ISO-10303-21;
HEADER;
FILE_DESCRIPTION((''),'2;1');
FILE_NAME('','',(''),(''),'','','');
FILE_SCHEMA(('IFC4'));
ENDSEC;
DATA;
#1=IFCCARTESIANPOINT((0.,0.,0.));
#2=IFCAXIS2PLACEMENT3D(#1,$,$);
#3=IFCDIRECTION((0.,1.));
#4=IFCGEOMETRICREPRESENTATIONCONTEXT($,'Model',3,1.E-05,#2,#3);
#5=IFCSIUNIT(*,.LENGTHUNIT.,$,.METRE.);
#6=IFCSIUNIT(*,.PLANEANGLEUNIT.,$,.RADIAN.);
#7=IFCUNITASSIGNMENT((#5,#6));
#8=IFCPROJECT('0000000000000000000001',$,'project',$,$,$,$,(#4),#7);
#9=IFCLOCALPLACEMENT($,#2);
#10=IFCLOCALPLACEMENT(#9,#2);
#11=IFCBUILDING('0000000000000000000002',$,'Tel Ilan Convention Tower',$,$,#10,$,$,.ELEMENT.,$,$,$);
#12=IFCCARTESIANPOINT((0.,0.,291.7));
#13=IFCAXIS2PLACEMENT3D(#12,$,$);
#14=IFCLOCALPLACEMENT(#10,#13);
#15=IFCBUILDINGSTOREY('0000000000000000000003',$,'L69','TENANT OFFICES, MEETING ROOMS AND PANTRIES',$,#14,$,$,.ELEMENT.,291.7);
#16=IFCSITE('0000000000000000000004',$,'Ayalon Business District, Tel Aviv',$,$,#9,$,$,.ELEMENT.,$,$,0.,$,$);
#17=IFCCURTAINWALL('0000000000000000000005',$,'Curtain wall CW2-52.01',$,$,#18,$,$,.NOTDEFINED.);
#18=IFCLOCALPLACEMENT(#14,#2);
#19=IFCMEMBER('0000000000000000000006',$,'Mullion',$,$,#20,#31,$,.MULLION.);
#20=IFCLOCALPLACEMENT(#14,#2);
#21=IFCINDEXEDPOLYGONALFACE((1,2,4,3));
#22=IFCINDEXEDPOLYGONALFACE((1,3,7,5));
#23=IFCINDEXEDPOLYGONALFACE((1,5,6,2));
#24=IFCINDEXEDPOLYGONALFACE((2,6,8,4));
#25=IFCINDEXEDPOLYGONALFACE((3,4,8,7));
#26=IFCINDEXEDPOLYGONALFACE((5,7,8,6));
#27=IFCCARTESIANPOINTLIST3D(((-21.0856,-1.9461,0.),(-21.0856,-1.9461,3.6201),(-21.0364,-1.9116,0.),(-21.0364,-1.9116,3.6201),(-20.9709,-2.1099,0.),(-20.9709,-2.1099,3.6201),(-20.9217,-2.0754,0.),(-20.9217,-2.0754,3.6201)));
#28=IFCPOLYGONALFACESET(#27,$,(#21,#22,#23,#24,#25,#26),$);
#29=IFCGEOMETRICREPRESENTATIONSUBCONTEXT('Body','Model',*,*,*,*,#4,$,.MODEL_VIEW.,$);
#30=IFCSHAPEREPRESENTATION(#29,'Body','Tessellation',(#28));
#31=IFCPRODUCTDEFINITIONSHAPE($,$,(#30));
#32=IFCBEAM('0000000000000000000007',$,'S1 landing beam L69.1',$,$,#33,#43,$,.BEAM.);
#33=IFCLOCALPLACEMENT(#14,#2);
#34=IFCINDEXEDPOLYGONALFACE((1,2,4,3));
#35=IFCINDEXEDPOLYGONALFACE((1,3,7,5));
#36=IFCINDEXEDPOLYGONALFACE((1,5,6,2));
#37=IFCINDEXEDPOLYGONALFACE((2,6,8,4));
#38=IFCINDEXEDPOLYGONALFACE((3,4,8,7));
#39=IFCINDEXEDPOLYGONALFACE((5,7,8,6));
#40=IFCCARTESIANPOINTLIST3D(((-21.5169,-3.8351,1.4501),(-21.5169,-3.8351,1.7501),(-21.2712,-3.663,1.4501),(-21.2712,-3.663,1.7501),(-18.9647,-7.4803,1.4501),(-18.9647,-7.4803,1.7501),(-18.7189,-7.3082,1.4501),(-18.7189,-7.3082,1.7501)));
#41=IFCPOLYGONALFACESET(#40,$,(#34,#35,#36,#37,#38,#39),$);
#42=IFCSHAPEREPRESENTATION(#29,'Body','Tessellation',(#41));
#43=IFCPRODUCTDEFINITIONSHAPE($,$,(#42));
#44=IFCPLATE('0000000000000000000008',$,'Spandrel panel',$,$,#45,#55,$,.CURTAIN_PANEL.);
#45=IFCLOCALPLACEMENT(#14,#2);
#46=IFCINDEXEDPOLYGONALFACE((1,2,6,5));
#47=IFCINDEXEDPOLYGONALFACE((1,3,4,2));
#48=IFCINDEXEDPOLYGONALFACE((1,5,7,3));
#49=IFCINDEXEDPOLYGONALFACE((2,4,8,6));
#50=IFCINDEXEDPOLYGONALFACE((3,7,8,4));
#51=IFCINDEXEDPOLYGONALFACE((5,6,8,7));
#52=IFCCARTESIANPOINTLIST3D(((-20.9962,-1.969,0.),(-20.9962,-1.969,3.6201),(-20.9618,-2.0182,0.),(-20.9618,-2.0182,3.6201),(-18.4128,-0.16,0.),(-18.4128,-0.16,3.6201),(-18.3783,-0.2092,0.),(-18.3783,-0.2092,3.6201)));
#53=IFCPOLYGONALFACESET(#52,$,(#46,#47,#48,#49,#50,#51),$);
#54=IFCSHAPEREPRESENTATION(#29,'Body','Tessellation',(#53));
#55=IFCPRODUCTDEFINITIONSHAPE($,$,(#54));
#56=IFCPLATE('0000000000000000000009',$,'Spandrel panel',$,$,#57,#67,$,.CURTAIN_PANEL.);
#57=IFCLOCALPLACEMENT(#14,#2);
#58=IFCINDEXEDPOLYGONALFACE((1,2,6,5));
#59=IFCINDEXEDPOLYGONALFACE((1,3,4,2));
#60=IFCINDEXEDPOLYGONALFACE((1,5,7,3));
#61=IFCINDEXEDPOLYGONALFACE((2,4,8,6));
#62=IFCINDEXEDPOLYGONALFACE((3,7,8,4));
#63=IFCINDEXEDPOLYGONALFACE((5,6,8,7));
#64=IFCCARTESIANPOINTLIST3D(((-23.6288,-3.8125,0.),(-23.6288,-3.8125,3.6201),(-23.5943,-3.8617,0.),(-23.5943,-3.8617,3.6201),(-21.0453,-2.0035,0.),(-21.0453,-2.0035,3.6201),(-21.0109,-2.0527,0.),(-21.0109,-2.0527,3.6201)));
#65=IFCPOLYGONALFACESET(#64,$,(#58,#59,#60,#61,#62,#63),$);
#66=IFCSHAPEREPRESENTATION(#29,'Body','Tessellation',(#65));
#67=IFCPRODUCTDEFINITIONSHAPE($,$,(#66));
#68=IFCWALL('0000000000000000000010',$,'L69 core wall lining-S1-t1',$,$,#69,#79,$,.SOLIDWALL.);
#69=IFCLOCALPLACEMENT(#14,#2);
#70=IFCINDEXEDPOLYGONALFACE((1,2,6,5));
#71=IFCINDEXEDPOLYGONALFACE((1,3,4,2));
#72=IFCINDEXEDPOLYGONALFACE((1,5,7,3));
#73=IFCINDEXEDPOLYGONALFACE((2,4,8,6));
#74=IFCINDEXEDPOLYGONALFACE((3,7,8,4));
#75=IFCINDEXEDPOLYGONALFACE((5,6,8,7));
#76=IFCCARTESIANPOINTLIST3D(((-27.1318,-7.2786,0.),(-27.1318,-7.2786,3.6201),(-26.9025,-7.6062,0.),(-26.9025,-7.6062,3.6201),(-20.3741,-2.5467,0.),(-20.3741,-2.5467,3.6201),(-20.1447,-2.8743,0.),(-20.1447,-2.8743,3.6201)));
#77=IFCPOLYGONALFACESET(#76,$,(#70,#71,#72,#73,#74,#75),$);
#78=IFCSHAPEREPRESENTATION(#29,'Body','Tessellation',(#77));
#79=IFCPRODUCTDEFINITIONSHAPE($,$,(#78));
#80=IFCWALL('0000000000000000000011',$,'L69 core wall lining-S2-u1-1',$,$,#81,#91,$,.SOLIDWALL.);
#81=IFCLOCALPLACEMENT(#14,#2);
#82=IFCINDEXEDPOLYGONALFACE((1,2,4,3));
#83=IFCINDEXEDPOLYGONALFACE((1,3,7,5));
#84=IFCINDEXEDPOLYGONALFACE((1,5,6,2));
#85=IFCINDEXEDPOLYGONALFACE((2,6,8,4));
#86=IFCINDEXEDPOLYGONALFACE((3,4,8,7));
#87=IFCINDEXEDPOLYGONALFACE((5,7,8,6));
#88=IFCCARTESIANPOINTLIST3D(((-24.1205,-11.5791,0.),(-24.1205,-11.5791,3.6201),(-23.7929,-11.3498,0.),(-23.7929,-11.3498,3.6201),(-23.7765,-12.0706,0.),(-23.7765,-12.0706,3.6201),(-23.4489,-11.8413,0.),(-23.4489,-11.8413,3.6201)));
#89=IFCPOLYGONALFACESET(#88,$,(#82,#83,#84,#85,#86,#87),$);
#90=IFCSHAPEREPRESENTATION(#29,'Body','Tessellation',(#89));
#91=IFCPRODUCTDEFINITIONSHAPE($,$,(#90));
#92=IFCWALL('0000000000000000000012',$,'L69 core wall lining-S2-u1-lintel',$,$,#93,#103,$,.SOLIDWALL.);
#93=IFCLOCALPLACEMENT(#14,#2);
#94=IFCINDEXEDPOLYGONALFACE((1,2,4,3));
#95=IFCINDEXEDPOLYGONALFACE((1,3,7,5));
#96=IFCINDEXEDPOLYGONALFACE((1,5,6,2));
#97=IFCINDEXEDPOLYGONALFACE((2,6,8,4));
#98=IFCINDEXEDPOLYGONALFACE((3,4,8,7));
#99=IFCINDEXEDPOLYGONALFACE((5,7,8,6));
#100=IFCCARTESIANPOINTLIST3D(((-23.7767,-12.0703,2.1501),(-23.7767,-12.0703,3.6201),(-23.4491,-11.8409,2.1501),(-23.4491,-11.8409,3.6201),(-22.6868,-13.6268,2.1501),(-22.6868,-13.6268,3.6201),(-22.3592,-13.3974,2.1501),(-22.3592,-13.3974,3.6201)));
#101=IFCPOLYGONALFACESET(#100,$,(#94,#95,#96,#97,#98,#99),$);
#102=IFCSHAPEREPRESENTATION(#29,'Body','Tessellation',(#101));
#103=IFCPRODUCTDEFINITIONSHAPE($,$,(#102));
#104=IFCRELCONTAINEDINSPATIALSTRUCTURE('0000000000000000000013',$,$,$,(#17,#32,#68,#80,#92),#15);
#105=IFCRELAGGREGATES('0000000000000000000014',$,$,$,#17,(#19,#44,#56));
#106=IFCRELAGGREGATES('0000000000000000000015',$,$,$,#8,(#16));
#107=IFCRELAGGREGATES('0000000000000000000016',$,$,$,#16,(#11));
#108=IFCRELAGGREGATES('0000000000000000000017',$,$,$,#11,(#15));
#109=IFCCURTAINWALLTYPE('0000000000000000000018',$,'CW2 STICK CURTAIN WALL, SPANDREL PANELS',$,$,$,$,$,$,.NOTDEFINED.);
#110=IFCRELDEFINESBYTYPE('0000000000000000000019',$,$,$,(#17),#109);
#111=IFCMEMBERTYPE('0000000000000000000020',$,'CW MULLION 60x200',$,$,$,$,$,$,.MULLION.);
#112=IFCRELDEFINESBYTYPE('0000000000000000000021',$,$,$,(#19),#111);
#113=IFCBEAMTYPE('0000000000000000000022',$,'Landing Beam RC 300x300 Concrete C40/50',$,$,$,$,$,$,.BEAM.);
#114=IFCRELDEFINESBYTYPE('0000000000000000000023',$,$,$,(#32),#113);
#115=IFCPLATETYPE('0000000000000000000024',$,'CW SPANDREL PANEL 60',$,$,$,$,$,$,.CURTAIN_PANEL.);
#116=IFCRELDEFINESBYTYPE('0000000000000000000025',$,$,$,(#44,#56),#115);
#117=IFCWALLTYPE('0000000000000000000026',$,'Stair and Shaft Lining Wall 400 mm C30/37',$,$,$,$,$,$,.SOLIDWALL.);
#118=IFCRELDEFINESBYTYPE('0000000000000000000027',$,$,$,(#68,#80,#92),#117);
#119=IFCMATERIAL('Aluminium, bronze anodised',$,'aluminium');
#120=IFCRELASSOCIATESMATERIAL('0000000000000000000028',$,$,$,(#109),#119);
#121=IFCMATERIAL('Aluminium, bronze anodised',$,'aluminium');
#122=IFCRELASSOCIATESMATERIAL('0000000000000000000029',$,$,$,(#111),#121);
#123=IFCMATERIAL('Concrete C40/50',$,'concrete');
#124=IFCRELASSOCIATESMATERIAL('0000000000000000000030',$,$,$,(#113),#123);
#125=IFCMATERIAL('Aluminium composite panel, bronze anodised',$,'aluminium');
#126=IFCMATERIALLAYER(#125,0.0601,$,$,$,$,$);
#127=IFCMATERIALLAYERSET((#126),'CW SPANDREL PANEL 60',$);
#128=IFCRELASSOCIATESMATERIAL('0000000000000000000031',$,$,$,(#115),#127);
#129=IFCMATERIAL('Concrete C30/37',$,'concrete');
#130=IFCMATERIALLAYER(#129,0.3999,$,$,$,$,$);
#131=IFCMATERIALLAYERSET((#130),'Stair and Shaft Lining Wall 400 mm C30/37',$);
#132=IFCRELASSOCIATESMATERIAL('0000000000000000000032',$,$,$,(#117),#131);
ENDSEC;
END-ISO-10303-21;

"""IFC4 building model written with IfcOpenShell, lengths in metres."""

from ifc_helpers import new_model, si_unit, direction, frame, frame_2d, origin, origin_2d, place, context, subcontext, project, spatial, rectangle, extrude, material, layer, layer_set, material_profile, profile_set, type_object, element, aggregate, save


model = new_model("IFC4")

# Units and contexts
model_context = context("Model", 3, precision=1e-05, world=origin(), true_north=direction((0.0, 1.0)))
body_context = subcontext(model_context, "Body", "Model", "MODEL_VIEW")
ifc_project = project(units=[si_unit("LENGTHUNIT", "METRE"), si_unit("PLANEANGLEUNIT", "RADIAN")], contexts=[model_context])

# Site, building, storey
site_placement = place(None, origin())
site = spatial("IfcSite", under=ifc_project, at=site_placement, Name="Ayalon Business District, Tel Aviv", CompositionType="ELEMENT", RefElevation=0.0)
building_placement = place(site_placement, origin())
building = spatial("IfcBuilding", under=site, at=building_placement, Name="Tel Ilan Convention Tower", CompositionType="ELEMENT")
storey_placement = place(building_placement, frame((0.0, 0.0, 291.7)))
storey = spatial("IfcBuildingStorey", under=building, at=storey_placement, Name="L69", Description="TENANT OFFICES, MEETING ROOMS AND PANTRIES", CompositionType="ELEMENT", Elevation=291.7)

# Curtain wall, member
ifc_material_1 = material(Name="Aluminium, bronze anodised", Category="aluminium")
curtain_wall_type = type_object("IfcCurtainWallType", Name="CW2 STICK CURTAIN WALL, SPANDREL PANELS", PredefinedType="NOTDEFINED", material=ifc_material_1)
curtain_wall_placement = place(storey_placement, origin())
curtain_wall = element("IfcCurtainWall", 1, at=curtain_wall_placement, inside=storey, type_object=curtain_wall_type, Name="Curtain wall CW2-52.01", PredefinedType="NOTDEFINED")
ifc_material_2 = material(Name="Aluminium, bronze anodised", Category="aluminium")
ifc_material_profile_1 = material_profile(ifc_material_2, rectangle(XDim=0.0601, YDim=0.2, at=origin_2d()), Name="CW MULLION 60x200")
ifc_profile_set_1 = profile_set([ifc_material_profile_1], Name="Aluminium, bronze anodised")
member_type = type_object("IfcMemberType", Name="CW MULLION 60x200", PredefinedType="MULLION", material=ifc_profile_set_1)
member_placement = place(storey_placement, frame((-21.0037, -2.0107, 0.0), z_axis=(0.0, 0.0, 1.0), x_axis=(-0.819152, -0.573576, 0.0)))
member = element("IfcMember", 2, at=member_placement, type_object=member_type, Name="Mullion", PredefinedType="MULLION", context=body_context, shape_type="SweptSolid", body=[
    extrude(rectangle(XDim=0.0601, YDim=0.2, at=origin_2d()), origin(), (0.0, 0.0, 1.0), 3.6201),
])

# Beam
ifc_material_3 = material(Name="Concrete C40/50", Category="concrete")
ifc_material_profile_2 = material_profile(ifc_material_3, rectangle(XDim=0.3, YDim=0.3, at=origin_2d()), Name="RC 300x300")
ifc_profile_set_2 = profile_set([ifc_material_profile_2], Name="Concrete C40/50")
beam_type = type_object("IfcBeamType", Name="Landing Beam RC 300x300 Concrete C40/50", PredefinedType="BEAM", material=ifc_profile_set_2)
beam_placement = place(storey_placement, frame((-18.8418, -7.3943, 1.6001), z_axis=(-0.573547, 0.819173, 0.0), x_axis=(-0.819173, -0.573547, 0.0)))
element("IfcBeam", 3, at=beam_placement, inside=storey, type_object=beam_type, Name="S1 landing beam L69.1", PredefinedType="BEAM", context=body_context, shape_type="SweptSolid", body=[
    extrude(rectangle(XDim=0.3, YDim=0.3, at=origin_2d()), origin(), (0.0, 0.0, 1.0), 4.45),
])

# Plates
ifc_material_4 = material(Name="Aluminium composite panel, bronze anodised", Category="aluminium")
ifc_layer_1 = layer(ifc_material_4, 0.0601)
ifc_layer_set_1 = layer_set([ifc_layer_1], Name="CW SPANDREL PANEL 60")
plate_type = type_object("IfcPlateType", Name="CW SPANDREL PANEL 60", PredefinedType="CURTAIN_PANEL", material=ifc_layer_set_1)
plate_1_placement = place(storey_placement, frame((-19.6873, -1.0891, 0.0), z_axis=(0.0, 0.0, 1.0), x_axis=(-0.819152, -0.573576, 0.0)))
plate_1 = element("IfcPlate", 4, at=plate_1_placement, type_object=plate_type, Name="Spandrel panel", PredefinedType="CURTAIN_PANEL", context=body_context, shape_type="SweptSolid", body=[
    extrude(rectangle(XDim=3.1538, YDim=0.0601, at=origin_2d()), origin(), (0.0, 0.0, 1.0), 3.6201),
])
plate_2_placement = place(storey_placement, frame((-22.3198, -2.9326, 0.0), z_axis=(0.0, 0.0, 1.0), x_axis=(-0.819152, -0.573576, 0.0)))
plate_2 = element("IfcPlate", 5, at=plate_2_placement, type_object=plate_type, Name="Spandrel panel", PredefinedType="CURTAIN_PANEL", context=body_context, shape_type="SweptSolid", body=[
    extrude(rectangle(XDim=3.1538, YDim=0.0601, at=origin_2d()), origin(), (0.0, 0.0, 1.0), 3.6201),
])
aggregate(curtain_wall, [member, plate_1, plate_2])

# Walls
ifc_material_5 = material(Name="Concrete C30/37", Category="concrete")
ifc_layer_2 = layer(ifc_material_5, 0.3999)
ifc_layer_set_2 = layer_set([ifc_layer_2], Name="Stair and Shaft Lining Wall 400 mm C30/37")
wall_type = type_object("IfcWallType", Name="Stair and Shaft Lining Wall 400 mm C30/37", PredefinedType="SOLIDWALL", material=ifc_layer_set_2)
wall_1_placement = place(storey_placement, frame((-20.2593, -2.7104, 0.0), z_axis=(0.0, 0.0, 1.0), x_axis=(-0.819148, -0.573582, 0.0)))
element("IfcWall", 6, at=wall_1_placement, inside=storey, type_object=wall_type, Name="L69 core wall lining-S1-t1", PredefinedType="SOLIDWALL", context=body_context, shape_type="SweptSolid", body=[
    extrude(rectangle(XDim=8.2498, YDim=0.3999, at=frame_2d((4.125, 0.0))), origin(), (0.0, 0.0, 1.0), 3.6201),
])
wall_2_placement = place(storey_placement, frame((-23.6128, -11.9558, 0.0), z_axis=(0.0, 0.0, 1.0), x_axis=(-0.573435, 0.819251, 0.0)))
element("IfcWall", 7, at=wall_2_placement, inside=storey, type_object=wall_type, Name="L69 core wall lining-S2-u1-1", PredefinedType="SOLIDWALL", context=body_context, shape_type="SweptSolid", body=[
    extrude(rectangle(XDim=0.5999, YDim=0.3999, at=frame_2d((0.2998, 0.0))), origin(), (0.0, 0.0, 1.0), 3.6201),
])
wall_3_placement = place(storey_placement, frame((-22.5229, -13.5122, 2.1501), z_axis=(0.0, 0.0, 1.0), x_axis=(-0.573592, 0.819141, 0.0)))
element("IfcWall", 8, at=wall_3_placement, inside=storey, type_object=wall_type, Name="L69 core wall lining-S2-u1-lintel", PredefinedType="SOLIDWALL", context=body_context, shape_type="SweptSolid", body=[
    extrude(rectangle(XDim=1.9001, YDim=0.3999, at=frame_2d((0.9502, 0.0))), origin(), (0.0, 0.0, 1.0), 1.47),
])

save(model, "model.ifc")
